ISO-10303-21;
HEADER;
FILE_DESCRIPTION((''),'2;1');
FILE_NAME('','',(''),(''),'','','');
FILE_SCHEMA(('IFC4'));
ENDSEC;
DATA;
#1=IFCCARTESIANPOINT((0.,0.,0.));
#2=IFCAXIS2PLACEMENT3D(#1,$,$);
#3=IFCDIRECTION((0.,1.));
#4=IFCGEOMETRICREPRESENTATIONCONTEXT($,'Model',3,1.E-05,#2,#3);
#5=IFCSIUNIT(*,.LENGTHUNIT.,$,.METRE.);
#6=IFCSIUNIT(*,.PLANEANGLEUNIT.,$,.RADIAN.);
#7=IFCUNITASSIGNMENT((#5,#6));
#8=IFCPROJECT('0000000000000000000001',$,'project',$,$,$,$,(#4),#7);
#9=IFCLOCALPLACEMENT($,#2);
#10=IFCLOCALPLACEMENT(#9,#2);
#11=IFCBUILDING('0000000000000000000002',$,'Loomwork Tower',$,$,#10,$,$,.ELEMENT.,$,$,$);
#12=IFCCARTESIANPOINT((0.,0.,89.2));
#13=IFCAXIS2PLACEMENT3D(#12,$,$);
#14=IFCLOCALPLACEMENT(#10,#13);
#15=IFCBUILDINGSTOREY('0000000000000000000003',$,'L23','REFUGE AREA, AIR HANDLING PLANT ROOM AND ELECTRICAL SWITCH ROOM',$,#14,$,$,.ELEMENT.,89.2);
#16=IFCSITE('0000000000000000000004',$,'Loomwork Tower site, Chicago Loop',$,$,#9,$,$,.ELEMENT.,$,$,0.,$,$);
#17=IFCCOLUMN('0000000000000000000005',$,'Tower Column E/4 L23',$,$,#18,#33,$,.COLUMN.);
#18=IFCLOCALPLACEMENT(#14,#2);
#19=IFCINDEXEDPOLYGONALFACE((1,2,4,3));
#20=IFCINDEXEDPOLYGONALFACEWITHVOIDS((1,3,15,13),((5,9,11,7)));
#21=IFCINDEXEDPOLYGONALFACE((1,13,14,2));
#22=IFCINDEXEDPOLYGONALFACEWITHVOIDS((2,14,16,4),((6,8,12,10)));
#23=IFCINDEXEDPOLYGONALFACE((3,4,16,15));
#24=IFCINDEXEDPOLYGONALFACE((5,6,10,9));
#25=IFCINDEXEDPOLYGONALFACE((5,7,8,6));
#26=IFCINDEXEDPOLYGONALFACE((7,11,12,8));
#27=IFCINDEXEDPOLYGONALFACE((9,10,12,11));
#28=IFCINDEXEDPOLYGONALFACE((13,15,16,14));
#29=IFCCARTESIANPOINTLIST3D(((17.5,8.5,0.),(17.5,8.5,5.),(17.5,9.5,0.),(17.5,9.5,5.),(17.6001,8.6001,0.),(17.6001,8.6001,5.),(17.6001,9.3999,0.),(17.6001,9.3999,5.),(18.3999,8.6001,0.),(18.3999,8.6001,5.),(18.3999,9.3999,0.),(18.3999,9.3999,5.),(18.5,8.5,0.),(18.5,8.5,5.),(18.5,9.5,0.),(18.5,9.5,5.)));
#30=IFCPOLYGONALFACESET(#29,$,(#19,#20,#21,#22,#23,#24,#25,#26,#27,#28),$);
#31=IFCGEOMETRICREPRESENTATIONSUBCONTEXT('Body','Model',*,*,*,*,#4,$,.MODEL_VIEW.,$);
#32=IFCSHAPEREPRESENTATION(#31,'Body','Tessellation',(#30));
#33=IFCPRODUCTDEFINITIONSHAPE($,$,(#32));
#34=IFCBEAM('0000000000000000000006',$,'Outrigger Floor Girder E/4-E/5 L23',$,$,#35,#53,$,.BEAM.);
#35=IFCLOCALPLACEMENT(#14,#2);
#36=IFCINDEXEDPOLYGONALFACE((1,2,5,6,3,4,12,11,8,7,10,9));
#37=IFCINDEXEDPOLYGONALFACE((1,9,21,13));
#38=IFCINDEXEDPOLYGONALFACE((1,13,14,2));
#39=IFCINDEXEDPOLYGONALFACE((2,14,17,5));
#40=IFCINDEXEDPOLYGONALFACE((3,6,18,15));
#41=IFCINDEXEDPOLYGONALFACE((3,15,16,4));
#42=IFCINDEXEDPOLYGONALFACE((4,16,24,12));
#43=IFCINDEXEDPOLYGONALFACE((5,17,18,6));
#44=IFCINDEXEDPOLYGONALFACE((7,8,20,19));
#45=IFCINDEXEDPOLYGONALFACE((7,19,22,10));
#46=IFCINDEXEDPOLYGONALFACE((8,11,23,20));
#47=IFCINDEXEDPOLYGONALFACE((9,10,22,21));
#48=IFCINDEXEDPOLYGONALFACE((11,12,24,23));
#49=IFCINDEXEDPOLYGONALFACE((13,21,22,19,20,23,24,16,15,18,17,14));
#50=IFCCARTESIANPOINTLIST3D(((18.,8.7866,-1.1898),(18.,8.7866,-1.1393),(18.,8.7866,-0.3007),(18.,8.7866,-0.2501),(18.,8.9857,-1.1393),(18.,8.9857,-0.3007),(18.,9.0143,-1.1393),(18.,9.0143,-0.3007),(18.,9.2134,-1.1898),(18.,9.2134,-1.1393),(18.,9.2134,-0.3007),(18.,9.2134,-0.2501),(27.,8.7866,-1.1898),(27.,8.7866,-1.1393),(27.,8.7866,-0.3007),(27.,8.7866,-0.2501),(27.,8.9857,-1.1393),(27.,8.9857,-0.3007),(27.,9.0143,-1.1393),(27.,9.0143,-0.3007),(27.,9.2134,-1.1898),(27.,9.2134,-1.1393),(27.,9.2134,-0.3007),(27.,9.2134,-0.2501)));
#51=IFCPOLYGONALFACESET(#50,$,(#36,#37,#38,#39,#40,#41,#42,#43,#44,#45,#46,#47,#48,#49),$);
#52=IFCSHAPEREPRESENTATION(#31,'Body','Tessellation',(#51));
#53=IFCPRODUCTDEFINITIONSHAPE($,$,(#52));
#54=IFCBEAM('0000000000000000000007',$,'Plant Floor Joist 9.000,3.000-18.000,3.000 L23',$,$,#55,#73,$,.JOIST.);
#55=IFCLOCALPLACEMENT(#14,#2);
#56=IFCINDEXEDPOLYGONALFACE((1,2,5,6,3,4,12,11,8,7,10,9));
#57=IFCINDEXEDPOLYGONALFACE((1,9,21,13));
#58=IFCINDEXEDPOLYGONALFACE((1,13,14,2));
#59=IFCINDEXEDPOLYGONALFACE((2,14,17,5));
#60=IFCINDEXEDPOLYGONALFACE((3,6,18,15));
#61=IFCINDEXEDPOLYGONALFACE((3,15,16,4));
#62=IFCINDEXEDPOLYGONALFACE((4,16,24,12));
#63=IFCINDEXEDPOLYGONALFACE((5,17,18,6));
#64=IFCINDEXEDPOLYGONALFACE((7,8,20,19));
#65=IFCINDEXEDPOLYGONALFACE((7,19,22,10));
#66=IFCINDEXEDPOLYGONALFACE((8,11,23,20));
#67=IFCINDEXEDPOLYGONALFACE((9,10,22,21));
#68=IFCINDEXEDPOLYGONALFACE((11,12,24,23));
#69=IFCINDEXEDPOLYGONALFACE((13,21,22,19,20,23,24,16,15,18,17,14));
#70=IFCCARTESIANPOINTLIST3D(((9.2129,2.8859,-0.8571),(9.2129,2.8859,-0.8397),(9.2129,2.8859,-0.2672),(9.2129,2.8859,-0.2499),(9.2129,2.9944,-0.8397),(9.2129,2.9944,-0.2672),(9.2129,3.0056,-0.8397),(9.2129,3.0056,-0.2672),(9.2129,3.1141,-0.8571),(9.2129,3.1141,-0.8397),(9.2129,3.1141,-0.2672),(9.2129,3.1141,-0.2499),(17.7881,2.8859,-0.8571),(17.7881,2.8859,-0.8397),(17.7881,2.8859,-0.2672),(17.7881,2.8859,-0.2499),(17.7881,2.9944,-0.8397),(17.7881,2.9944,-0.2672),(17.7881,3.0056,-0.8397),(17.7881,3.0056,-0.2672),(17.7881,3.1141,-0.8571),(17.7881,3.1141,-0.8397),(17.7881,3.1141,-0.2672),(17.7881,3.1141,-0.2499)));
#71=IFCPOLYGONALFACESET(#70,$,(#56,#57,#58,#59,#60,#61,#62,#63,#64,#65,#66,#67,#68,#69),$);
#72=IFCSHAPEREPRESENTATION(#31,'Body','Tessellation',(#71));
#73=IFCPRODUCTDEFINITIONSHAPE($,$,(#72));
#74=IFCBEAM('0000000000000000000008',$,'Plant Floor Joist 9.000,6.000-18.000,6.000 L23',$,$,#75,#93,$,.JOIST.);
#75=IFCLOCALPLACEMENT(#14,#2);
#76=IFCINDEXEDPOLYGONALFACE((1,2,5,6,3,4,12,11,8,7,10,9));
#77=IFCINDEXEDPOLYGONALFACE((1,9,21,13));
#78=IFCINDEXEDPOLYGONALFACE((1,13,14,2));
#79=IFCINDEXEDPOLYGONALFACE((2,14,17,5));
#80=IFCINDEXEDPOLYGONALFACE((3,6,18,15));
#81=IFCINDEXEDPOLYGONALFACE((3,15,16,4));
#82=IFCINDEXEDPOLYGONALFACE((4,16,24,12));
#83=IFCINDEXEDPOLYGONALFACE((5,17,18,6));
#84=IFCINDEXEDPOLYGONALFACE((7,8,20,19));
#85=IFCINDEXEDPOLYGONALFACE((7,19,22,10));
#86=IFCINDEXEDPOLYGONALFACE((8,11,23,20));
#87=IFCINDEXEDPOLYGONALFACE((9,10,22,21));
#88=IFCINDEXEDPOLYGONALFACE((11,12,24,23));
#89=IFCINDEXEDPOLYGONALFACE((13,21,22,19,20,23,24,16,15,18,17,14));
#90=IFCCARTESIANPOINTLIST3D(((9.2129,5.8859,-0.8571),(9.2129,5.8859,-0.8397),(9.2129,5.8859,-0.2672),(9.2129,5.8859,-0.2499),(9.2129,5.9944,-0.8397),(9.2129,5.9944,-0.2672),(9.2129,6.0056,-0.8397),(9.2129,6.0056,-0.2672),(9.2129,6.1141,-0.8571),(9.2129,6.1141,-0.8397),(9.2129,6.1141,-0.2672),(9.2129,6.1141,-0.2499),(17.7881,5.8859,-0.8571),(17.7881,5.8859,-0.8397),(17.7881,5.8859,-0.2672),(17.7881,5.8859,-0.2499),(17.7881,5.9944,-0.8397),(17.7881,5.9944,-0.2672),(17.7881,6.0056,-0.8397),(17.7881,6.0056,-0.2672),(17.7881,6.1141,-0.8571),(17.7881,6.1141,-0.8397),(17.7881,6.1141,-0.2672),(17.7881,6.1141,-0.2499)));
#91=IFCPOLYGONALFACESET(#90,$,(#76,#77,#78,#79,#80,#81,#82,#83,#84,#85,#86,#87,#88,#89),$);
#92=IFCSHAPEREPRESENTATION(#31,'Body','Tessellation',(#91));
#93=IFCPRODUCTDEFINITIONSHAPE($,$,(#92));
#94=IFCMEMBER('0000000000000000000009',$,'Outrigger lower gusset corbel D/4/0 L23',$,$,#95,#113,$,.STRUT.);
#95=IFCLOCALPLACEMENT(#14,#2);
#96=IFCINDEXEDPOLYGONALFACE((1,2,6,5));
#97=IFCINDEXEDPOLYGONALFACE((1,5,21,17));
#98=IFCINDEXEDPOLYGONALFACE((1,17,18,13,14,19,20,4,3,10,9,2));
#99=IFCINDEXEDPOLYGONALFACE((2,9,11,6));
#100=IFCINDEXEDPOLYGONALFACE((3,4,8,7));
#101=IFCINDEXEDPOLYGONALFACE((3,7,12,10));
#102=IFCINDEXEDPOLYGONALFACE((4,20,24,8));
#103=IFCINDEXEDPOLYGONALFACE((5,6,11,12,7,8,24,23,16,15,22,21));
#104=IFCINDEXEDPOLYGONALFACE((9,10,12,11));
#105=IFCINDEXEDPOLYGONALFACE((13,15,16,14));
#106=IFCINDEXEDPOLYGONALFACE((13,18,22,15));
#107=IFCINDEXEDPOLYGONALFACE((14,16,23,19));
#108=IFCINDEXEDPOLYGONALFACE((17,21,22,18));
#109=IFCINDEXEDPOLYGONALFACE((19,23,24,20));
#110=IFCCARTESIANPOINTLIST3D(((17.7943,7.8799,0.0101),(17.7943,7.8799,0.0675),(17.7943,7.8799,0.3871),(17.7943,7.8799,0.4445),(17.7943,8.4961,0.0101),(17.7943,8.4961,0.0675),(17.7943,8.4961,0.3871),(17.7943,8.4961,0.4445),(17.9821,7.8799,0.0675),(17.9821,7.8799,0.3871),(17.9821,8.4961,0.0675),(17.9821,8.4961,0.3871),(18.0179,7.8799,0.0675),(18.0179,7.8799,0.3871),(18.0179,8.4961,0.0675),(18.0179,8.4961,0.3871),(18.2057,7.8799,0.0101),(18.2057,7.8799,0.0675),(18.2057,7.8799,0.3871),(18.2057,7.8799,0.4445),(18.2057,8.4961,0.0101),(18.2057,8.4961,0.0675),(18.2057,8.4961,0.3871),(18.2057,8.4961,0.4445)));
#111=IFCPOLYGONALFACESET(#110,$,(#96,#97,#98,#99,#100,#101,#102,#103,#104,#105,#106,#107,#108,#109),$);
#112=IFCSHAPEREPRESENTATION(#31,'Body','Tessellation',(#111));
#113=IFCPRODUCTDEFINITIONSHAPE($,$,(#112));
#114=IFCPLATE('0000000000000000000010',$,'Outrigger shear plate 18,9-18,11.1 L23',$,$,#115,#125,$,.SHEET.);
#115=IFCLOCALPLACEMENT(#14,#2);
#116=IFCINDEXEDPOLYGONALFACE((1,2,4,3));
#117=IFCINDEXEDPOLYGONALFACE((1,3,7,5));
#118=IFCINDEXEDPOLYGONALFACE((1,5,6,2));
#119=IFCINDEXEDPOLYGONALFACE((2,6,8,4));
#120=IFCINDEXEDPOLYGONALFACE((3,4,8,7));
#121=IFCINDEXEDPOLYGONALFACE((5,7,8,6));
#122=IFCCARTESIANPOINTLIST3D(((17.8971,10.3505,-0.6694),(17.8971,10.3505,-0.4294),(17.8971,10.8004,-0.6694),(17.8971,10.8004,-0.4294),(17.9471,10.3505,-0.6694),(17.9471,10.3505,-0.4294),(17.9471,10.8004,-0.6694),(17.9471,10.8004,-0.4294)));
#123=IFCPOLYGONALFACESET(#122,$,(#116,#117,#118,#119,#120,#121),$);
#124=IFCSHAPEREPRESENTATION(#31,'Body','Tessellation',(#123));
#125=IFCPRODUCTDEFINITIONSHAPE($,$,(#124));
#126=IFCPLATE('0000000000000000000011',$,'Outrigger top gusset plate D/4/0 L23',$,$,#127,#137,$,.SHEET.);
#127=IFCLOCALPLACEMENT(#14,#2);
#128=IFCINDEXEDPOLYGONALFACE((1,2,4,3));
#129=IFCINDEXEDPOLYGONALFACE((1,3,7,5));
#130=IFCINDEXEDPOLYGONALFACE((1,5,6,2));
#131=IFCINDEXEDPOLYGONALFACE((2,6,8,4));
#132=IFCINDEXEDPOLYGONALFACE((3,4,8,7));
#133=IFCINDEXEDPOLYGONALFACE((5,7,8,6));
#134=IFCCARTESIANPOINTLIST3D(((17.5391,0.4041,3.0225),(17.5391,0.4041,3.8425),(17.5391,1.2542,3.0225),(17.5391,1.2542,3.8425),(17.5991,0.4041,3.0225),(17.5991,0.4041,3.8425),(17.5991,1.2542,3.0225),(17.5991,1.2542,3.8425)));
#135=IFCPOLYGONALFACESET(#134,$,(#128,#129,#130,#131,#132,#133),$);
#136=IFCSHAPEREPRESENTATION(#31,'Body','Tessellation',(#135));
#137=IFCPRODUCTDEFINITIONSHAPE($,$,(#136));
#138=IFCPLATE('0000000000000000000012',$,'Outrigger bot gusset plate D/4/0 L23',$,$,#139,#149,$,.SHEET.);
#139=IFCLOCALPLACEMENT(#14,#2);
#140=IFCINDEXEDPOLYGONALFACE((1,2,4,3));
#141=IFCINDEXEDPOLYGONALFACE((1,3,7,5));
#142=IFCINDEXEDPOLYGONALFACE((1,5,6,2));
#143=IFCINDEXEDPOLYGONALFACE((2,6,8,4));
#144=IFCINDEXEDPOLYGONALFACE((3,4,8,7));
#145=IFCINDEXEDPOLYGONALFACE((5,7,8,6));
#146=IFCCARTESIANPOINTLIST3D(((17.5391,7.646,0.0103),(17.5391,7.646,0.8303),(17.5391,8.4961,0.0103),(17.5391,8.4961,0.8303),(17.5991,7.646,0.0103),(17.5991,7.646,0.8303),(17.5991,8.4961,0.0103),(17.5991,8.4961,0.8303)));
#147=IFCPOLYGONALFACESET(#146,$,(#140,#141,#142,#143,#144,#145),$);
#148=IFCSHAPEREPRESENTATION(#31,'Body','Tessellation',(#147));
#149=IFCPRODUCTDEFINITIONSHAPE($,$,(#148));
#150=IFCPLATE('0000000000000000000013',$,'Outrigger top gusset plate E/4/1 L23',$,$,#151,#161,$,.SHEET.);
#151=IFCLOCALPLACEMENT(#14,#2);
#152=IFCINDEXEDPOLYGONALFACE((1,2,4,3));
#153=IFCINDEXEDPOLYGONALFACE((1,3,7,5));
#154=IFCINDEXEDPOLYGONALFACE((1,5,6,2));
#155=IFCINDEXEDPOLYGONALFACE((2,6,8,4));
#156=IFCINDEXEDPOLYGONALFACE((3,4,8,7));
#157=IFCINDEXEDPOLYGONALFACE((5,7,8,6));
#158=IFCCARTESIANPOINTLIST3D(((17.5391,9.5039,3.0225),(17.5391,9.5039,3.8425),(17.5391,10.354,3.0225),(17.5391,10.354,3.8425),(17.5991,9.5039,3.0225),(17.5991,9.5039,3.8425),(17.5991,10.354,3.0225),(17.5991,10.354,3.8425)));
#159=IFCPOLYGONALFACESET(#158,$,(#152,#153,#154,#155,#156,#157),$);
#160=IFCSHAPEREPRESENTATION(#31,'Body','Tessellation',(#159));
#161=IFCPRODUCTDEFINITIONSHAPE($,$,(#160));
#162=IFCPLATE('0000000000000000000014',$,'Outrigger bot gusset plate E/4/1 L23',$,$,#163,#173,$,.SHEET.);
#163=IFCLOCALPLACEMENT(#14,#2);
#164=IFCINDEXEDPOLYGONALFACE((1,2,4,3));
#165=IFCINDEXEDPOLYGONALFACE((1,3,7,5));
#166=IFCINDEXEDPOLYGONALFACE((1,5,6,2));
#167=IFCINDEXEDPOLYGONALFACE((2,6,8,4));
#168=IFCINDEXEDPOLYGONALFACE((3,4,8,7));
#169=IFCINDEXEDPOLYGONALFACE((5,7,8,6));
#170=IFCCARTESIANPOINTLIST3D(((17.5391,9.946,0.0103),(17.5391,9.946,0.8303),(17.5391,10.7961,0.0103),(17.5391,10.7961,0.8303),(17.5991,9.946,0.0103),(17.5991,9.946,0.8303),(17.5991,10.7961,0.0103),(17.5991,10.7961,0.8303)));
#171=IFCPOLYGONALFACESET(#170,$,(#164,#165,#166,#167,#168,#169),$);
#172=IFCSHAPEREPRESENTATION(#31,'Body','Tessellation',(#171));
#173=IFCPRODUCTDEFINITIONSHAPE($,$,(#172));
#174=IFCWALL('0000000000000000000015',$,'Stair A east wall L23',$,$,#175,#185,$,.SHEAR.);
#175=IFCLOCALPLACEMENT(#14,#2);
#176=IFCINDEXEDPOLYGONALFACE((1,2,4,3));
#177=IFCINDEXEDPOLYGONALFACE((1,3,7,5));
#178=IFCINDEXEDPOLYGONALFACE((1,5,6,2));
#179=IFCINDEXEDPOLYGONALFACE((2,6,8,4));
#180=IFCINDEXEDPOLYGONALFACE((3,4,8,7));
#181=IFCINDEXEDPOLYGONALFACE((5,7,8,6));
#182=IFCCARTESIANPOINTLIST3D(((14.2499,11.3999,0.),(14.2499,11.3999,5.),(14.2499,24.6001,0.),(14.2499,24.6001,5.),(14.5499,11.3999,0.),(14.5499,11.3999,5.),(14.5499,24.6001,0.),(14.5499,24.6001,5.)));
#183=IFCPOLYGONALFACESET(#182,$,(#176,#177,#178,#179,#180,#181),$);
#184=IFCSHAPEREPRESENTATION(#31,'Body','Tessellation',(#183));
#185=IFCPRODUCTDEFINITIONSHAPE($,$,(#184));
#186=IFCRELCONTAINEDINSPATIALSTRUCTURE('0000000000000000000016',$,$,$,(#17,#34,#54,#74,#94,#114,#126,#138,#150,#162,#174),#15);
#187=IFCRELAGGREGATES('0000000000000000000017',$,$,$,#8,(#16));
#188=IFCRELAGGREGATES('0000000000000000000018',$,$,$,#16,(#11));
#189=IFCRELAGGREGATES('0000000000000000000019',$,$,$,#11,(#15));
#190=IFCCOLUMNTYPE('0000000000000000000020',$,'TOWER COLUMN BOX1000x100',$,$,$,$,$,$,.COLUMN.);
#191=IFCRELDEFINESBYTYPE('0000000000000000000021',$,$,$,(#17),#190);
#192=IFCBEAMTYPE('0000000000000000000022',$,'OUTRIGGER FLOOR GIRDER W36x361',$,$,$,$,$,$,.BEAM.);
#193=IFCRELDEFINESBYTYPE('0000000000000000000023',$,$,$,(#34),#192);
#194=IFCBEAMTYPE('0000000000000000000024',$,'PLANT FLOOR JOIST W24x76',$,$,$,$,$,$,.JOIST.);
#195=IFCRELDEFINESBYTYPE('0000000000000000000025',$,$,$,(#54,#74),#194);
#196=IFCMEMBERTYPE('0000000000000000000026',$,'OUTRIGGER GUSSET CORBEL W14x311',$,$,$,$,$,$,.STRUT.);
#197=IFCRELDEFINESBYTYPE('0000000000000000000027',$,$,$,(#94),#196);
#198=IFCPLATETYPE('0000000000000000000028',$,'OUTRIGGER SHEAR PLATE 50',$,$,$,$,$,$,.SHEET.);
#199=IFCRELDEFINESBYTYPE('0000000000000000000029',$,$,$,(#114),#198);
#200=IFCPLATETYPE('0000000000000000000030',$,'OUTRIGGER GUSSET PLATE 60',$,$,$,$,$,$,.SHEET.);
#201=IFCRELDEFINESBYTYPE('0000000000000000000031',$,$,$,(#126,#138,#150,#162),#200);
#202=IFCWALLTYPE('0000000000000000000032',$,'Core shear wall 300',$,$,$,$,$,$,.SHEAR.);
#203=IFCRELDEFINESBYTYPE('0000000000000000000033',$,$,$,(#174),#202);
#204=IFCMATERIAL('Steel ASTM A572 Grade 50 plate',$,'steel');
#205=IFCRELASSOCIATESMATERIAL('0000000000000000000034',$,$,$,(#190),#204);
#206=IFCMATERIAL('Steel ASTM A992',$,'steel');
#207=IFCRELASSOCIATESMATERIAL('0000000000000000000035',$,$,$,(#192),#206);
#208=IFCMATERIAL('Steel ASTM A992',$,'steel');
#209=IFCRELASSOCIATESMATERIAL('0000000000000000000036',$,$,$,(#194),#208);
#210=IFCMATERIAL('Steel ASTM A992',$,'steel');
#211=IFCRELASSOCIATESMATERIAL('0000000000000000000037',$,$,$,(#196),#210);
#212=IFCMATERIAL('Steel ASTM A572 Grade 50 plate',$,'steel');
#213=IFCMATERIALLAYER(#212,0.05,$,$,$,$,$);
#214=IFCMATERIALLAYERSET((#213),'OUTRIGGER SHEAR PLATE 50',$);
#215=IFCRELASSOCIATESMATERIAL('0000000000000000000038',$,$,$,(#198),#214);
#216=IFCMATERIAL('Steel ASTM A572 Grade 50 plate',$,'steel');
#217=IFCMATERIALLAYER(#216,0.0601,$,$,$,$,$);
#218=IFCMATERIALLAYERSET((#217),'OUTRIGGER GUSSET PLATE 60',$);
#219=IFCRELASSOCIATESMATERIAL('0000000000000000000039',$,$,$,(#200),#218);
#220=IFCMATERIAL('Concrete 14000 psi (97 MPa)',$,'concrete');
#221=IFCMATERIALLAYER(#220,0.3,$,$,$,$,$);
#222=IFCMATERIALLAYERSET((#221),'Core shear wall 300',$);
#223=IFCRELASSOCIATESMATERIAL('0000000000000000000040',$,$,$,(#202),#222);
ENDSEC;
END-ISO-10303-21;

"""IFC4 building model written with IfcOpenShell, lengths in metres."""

from ifc_helpers import new_model, si_unit, direction, frame, frame_2d, origin, origin_2d, place, context, subcontext, project, spatial, rectangle, hollow_rectangle, i_section, extrude, material, layer, layer_set, material_profile, profile_set, type_object, element, save


model = new_model("IFC4")

# Units and contexts
model_context = context("Model", 3, precision=1e-05, world=origin(), true_north=direction((0.0, 1.0)))
body_context = subcontext(model_context, "Body", "Model", "MODEL_VIEW")
ifc_project = project(units=[si_unit("LENGTHUNIT", "METRE"), si_unit("PLANEANGLEUNIT", "RADIAN")], contexts=[model_context])

# Site, building, storey
site_placement = place(None, origin())
site = spatial("IfcSite", under=ifc_project, at=site_placement, Name="Loomwork Tower site, Chicago Loop", CompositionType="ELEMENT", RefElevation=0.0)
building_placement = place(site_placement, origin())
building = spatial("IfcBuilding", under=site, at=building_placement, Name="Loomwork Tower", CompositionType="ELEMENT")
storey_placement = place(building_placement, frame((0.0, 0.0, 89.2)))
storey = spatial("IfcBuildingStorey", under=building, at=storey_placement, Name="L23", Description="REFUGE AREA, AIR HANDLING PLANT ROOM AND ELECTRICAL SWITCH ROOM", CompositionType="ELEMENT", Elevation=89.2)

# Column
ifc_material_1 = material(Name="Steel ASTM A572 Grade 50 plate", Category="steel")
ifc_material_profile_1 = material_profile(ifc_material_1, hollow_rectangle(XDim=1.0, YDim=1.0, WallThickness=0.1001, at=origin_2d()), Name="BOX1000x100")
ifc_profile_set_1 = profile_set([ifc_material_profile_1], Name="Steel ASTM A572 Grade 50 plate")
column_type = type_object("IfcColumnType", Name="TOWER COLUMN BOX1000x100", PredefinedType="COLUMN", material=ifc_profile_set_1)
column_placement = place(storey_placement, frame((18.0, 9.0, 0.0), z_axis=(0.0, 0.0, 1.0), x_axis=(1.0, 0.0, 0.0)))
element("IfcColumn", 1, at=column_placement, inside=storey, type_object=column_type, Name="Tower Column E/4 L23", PredefinedType="COLUMN", context=body_context, shape_type="SweptSolid", body=[
    extrude(hollow_rectangle(XDim=1.0, YDim=1.0, WallThickness=0.1001, at=origin_2d()), origin(), (0.0, 0.0, 1.0), 5.0),
])

# Beams
ifc_material_2 = material(Name="Steel ASTM A992", Category="steel")
ifc_material_profile_2 = material_profile(ifc_material_2, i_section(OverallWidth=0.4268, OverallDepth=0.9397, WebThickness=0.0286, FlangeThickness=0.0505, at=origin_2d()), Name="W36x361")
ifc_profile_set_2 = profile_set([ifc_material_profile_2], Name="Steel ASTM A992")
beam_type_1 = type_object("IfcBeamType", Name="OUTRIGGER FLOOR GIRDER W36x361", PredefinedType="BEAM", material=ifc_profile_set_2)
beam_placement = place(storey_placement, frame((18.0, 9.0, -0.72), z_axis=(1.0, 0.0, 0.0), x_axis=(0.0, 1.0, 0.0)))
element("IfcBeam", 2, at=beam_placement, inside=storey, type_object=beam_type_1, Name="Outrigger Floor Girder E/4-E/5 L23", PredefinedType="BEAM", context=body_context, shape_type="SweptSolid", body=[
    extrude(i_section(OverallWidth=0.4268, OverallDepth=0.9397, WebThickness=0.0286, FlangeThickness=0.0505, at=origin_2d()), origin(), (0.0, 0.0, 1.0), 9.0),
])
ifc_material_3 = material(Name="Steel ASTM A992", Category="steel")
ifc_material_profile_3 = material_profile(ifc_material_3, i_section(OverallWidth=0.2283, OverallDepth=0.6072, WebThickness=0.0112, FlangeThickness=0.0173, at=origin_2d()), Name="W24x76")
ifc_profile_set_3 = profile_set([ifc_material_profile_3], Name="Steel ASTM A992")
beam_type_2 = type_object("IfcBeamType", Name="PLANT FLOOR JOIST W24x76", PredefinedType="JOIST", material=ifc_profile_set_3)
for number, where, z_axis, x_axis, name in (
    (3, (9.2129, 3.0, -0.5535), (1.0, 0.0, 0.0), (0.0, 1.0, 0.0), "Plant Floor Joist 9.000,3.000-18.000,3.000 L23"),
    (4, (9.2129, 6.0, -0.5535), (1.0, 0.0, 0.0), (0.0, 1.0, 0.0), "Plant Floor Joist 9.000,6.000-18.000,6.000 L23"),
):
    element("IfcBeam", number, at=place(storey_placement, frame(where, z_axis=z_axis, x_axis=x_axis)), inside=storey, type_object=beam_type_2, Name=name, PredefinedType="JOIST", context=body_context, shape_type="SweptSolid", body=[
        extrude(i_section(OverallWidth=0.2283, OverallDepth=0.6072, WebThickness=0.0112, FlangeThickness=0.0173, at=origin_2d()), origin(), (0.0, 0.0, 1.0), 8.5752),
    ])

# Member
ifc_material_4 = material(Name="Steel ASTM A992", Category="steel")
ifc_material_profile_4 = material_profile(ifc_material_4, i_section(OverallWidth=0.4114, OverallDepth=0.4343, WebThickness=0.0359, FlangeThickness=0.0574, at=origin_2d()), Name="W14x311")
ifc_profile_set_4 = profile_set([ifc_material_profile_4], Name="Steel ASTM A992")
member_type = type_object("IfcMemberType", Name="OUTRIGGER GUSSET CORBEL W14x311", PredefinedType="STRUT", material=ifc_profile_set_4)
member_placement = place(storey_placement, frame((18.0, 8.4961, 0.2273), z_axis=(0.0, -1.0, 0.0), x_axis=(1.0, 0.0, 0.0)))
element("IfcMember", 5, at=member_placement, inside=storey, type_object=member_type, Name="Outrigger lower gusset corbel D/4/0 L23", PredefinedType="STRUT", context=body_context, shape_type="SweptSolid", body=[
    extrude(i_section(OverallWidth=0.4114, OverallDepth=0.4343, WebThickness=0.0359, FlangeThickness=0.0574, at=origin_2d()), origin(), (0.0, 0.0, 1.0), 0.6162),
])

# Plates
ifc_material_5 = material(Name="Steel ASTM A572 Grade 50 plate", Category="steel")
ifc_layer_1 = layer(ifc_material_5, 0.05)
ifc_layer_set_1 = layer_set([ifc_layer_1], Name="OUTRIGGER SHEAR PLATE 50")
plate_type_1 = type_object("IfcPlateType", Name="OUTRIGGER SHEAR PLATE 50", PredefinedType="SHEET", material=ifc_layer_set_1)
plate_placement = place(storey_placement, frame((17.9221, 10.5754, -0.6694), z_axis=(0.0, 0.0, 1.0), x_axis=(0.0, 1.0, 0.0)))
element("IfcPlate", 6, at=plate_placement, inside=storey, type_object=plate_type_1, Name="Outrigger shear plate 18,9-18,11.1 L23", PredefinedType="SHEET", context=body_context, shape_type="SweptSolid", body=[
    extrude(rectangle(XDim=0.45, YDim=0.05, at=origin_2d()), origin(), (0.0, 0.0, 1.0), 0.24),
])
ifc_material_6 = material(Name="Steel ASTM A572 Grade 50 plate", Category="steel")
ifc_layer_2 = layer(ifc_material_6, 0.0601)
ifc_layer_set_2 = layer_set([ifc_layer_2], Name="OUTRIGGER GUSSET PLATE 60")
plate_type_2 = type_object("IfcPlateType", Name="OUTRIGGER GUSSET PLATE 60", PredefinedType="SHEET", material=ifc_layer_set_2)
for number, where, z_axis, x_axis, name in (
    (7, (17.5691, 0.8291, 3.0225), (0.0, 0.0, 1.0), (0.0, 1.0, 0.0), "Outrigger top gusset plate D/4/0 L23"),
    (8, (17.5691, 8.071, 0.0103), (0.0, 0.0, 1.0), (0.0, 1.0, 0.0), "Outrigger bot gusset plate D/4/0 L23"),
    (9, (17.5691, 9.929, 3.0225), (0.0, 0.0, 1.0), (0.0, 1.0, 0.0), "Outrigger top gusset plate E/4/1 L23"),
    (10, (17.5691, 10.3711, 0.0103), (0.0, 0.0, 1.0), (0.0, 1.0, 0.0), "Outrigger bot gusset plate E/4/1 L23"),
):
    element("IfcPlate", number, at=place(storey_placement, frame(where, z_axis=z_axis, x_axis=x_axis)), inside=storey, type_object=plate_type_2, Name=name, PredefinedType="SHEET", context=body_context, shape_type="SweptSolid", body=[
        extrude(rectangle(XDim=0.8501, YDim=0.0601, at=origin_2d()), origin(), (0.0, 0.0, 1.0), 0.8201),
    ])

# Wall
ifc_material_7 = material(Name="Concrete 14000 psi (97 MPa)", Category="concrete")
ifc_layer_3 = layer(ifc_material_7, 0.3)
ifc_layer_set_3 = layer_set([ifc_layer_3], Name="Core shear wall 300")
wall_type_1 = type_object("IfcWallType", Name="Core shear wall 300", PredefinedType="SHEAR", material=ifc_layer_set_3)
wall_1_placement = place(storey_placement, frame((14.3999, 11.3999, 0.0), z_axis=(0.0, 0.0, 1.0), x_axis=(0.0, 1.0, 0.0)))
element("IfcWall", 11, at=wall_1_placement, inside=storey, type_object=wall_type_1, Name="Stair A east wall L23", PredefinedType="SHEAR", context=body_context, shape_type="SweptSolid", body=[
    extrude(rectangle(XDim=13.2002, YDim=0.3, at=frame_2d((6.6001, 0.0))), origin(), (0.0, 0.0, 1.0), 5.0),
])

save(model, "model.ifc")
